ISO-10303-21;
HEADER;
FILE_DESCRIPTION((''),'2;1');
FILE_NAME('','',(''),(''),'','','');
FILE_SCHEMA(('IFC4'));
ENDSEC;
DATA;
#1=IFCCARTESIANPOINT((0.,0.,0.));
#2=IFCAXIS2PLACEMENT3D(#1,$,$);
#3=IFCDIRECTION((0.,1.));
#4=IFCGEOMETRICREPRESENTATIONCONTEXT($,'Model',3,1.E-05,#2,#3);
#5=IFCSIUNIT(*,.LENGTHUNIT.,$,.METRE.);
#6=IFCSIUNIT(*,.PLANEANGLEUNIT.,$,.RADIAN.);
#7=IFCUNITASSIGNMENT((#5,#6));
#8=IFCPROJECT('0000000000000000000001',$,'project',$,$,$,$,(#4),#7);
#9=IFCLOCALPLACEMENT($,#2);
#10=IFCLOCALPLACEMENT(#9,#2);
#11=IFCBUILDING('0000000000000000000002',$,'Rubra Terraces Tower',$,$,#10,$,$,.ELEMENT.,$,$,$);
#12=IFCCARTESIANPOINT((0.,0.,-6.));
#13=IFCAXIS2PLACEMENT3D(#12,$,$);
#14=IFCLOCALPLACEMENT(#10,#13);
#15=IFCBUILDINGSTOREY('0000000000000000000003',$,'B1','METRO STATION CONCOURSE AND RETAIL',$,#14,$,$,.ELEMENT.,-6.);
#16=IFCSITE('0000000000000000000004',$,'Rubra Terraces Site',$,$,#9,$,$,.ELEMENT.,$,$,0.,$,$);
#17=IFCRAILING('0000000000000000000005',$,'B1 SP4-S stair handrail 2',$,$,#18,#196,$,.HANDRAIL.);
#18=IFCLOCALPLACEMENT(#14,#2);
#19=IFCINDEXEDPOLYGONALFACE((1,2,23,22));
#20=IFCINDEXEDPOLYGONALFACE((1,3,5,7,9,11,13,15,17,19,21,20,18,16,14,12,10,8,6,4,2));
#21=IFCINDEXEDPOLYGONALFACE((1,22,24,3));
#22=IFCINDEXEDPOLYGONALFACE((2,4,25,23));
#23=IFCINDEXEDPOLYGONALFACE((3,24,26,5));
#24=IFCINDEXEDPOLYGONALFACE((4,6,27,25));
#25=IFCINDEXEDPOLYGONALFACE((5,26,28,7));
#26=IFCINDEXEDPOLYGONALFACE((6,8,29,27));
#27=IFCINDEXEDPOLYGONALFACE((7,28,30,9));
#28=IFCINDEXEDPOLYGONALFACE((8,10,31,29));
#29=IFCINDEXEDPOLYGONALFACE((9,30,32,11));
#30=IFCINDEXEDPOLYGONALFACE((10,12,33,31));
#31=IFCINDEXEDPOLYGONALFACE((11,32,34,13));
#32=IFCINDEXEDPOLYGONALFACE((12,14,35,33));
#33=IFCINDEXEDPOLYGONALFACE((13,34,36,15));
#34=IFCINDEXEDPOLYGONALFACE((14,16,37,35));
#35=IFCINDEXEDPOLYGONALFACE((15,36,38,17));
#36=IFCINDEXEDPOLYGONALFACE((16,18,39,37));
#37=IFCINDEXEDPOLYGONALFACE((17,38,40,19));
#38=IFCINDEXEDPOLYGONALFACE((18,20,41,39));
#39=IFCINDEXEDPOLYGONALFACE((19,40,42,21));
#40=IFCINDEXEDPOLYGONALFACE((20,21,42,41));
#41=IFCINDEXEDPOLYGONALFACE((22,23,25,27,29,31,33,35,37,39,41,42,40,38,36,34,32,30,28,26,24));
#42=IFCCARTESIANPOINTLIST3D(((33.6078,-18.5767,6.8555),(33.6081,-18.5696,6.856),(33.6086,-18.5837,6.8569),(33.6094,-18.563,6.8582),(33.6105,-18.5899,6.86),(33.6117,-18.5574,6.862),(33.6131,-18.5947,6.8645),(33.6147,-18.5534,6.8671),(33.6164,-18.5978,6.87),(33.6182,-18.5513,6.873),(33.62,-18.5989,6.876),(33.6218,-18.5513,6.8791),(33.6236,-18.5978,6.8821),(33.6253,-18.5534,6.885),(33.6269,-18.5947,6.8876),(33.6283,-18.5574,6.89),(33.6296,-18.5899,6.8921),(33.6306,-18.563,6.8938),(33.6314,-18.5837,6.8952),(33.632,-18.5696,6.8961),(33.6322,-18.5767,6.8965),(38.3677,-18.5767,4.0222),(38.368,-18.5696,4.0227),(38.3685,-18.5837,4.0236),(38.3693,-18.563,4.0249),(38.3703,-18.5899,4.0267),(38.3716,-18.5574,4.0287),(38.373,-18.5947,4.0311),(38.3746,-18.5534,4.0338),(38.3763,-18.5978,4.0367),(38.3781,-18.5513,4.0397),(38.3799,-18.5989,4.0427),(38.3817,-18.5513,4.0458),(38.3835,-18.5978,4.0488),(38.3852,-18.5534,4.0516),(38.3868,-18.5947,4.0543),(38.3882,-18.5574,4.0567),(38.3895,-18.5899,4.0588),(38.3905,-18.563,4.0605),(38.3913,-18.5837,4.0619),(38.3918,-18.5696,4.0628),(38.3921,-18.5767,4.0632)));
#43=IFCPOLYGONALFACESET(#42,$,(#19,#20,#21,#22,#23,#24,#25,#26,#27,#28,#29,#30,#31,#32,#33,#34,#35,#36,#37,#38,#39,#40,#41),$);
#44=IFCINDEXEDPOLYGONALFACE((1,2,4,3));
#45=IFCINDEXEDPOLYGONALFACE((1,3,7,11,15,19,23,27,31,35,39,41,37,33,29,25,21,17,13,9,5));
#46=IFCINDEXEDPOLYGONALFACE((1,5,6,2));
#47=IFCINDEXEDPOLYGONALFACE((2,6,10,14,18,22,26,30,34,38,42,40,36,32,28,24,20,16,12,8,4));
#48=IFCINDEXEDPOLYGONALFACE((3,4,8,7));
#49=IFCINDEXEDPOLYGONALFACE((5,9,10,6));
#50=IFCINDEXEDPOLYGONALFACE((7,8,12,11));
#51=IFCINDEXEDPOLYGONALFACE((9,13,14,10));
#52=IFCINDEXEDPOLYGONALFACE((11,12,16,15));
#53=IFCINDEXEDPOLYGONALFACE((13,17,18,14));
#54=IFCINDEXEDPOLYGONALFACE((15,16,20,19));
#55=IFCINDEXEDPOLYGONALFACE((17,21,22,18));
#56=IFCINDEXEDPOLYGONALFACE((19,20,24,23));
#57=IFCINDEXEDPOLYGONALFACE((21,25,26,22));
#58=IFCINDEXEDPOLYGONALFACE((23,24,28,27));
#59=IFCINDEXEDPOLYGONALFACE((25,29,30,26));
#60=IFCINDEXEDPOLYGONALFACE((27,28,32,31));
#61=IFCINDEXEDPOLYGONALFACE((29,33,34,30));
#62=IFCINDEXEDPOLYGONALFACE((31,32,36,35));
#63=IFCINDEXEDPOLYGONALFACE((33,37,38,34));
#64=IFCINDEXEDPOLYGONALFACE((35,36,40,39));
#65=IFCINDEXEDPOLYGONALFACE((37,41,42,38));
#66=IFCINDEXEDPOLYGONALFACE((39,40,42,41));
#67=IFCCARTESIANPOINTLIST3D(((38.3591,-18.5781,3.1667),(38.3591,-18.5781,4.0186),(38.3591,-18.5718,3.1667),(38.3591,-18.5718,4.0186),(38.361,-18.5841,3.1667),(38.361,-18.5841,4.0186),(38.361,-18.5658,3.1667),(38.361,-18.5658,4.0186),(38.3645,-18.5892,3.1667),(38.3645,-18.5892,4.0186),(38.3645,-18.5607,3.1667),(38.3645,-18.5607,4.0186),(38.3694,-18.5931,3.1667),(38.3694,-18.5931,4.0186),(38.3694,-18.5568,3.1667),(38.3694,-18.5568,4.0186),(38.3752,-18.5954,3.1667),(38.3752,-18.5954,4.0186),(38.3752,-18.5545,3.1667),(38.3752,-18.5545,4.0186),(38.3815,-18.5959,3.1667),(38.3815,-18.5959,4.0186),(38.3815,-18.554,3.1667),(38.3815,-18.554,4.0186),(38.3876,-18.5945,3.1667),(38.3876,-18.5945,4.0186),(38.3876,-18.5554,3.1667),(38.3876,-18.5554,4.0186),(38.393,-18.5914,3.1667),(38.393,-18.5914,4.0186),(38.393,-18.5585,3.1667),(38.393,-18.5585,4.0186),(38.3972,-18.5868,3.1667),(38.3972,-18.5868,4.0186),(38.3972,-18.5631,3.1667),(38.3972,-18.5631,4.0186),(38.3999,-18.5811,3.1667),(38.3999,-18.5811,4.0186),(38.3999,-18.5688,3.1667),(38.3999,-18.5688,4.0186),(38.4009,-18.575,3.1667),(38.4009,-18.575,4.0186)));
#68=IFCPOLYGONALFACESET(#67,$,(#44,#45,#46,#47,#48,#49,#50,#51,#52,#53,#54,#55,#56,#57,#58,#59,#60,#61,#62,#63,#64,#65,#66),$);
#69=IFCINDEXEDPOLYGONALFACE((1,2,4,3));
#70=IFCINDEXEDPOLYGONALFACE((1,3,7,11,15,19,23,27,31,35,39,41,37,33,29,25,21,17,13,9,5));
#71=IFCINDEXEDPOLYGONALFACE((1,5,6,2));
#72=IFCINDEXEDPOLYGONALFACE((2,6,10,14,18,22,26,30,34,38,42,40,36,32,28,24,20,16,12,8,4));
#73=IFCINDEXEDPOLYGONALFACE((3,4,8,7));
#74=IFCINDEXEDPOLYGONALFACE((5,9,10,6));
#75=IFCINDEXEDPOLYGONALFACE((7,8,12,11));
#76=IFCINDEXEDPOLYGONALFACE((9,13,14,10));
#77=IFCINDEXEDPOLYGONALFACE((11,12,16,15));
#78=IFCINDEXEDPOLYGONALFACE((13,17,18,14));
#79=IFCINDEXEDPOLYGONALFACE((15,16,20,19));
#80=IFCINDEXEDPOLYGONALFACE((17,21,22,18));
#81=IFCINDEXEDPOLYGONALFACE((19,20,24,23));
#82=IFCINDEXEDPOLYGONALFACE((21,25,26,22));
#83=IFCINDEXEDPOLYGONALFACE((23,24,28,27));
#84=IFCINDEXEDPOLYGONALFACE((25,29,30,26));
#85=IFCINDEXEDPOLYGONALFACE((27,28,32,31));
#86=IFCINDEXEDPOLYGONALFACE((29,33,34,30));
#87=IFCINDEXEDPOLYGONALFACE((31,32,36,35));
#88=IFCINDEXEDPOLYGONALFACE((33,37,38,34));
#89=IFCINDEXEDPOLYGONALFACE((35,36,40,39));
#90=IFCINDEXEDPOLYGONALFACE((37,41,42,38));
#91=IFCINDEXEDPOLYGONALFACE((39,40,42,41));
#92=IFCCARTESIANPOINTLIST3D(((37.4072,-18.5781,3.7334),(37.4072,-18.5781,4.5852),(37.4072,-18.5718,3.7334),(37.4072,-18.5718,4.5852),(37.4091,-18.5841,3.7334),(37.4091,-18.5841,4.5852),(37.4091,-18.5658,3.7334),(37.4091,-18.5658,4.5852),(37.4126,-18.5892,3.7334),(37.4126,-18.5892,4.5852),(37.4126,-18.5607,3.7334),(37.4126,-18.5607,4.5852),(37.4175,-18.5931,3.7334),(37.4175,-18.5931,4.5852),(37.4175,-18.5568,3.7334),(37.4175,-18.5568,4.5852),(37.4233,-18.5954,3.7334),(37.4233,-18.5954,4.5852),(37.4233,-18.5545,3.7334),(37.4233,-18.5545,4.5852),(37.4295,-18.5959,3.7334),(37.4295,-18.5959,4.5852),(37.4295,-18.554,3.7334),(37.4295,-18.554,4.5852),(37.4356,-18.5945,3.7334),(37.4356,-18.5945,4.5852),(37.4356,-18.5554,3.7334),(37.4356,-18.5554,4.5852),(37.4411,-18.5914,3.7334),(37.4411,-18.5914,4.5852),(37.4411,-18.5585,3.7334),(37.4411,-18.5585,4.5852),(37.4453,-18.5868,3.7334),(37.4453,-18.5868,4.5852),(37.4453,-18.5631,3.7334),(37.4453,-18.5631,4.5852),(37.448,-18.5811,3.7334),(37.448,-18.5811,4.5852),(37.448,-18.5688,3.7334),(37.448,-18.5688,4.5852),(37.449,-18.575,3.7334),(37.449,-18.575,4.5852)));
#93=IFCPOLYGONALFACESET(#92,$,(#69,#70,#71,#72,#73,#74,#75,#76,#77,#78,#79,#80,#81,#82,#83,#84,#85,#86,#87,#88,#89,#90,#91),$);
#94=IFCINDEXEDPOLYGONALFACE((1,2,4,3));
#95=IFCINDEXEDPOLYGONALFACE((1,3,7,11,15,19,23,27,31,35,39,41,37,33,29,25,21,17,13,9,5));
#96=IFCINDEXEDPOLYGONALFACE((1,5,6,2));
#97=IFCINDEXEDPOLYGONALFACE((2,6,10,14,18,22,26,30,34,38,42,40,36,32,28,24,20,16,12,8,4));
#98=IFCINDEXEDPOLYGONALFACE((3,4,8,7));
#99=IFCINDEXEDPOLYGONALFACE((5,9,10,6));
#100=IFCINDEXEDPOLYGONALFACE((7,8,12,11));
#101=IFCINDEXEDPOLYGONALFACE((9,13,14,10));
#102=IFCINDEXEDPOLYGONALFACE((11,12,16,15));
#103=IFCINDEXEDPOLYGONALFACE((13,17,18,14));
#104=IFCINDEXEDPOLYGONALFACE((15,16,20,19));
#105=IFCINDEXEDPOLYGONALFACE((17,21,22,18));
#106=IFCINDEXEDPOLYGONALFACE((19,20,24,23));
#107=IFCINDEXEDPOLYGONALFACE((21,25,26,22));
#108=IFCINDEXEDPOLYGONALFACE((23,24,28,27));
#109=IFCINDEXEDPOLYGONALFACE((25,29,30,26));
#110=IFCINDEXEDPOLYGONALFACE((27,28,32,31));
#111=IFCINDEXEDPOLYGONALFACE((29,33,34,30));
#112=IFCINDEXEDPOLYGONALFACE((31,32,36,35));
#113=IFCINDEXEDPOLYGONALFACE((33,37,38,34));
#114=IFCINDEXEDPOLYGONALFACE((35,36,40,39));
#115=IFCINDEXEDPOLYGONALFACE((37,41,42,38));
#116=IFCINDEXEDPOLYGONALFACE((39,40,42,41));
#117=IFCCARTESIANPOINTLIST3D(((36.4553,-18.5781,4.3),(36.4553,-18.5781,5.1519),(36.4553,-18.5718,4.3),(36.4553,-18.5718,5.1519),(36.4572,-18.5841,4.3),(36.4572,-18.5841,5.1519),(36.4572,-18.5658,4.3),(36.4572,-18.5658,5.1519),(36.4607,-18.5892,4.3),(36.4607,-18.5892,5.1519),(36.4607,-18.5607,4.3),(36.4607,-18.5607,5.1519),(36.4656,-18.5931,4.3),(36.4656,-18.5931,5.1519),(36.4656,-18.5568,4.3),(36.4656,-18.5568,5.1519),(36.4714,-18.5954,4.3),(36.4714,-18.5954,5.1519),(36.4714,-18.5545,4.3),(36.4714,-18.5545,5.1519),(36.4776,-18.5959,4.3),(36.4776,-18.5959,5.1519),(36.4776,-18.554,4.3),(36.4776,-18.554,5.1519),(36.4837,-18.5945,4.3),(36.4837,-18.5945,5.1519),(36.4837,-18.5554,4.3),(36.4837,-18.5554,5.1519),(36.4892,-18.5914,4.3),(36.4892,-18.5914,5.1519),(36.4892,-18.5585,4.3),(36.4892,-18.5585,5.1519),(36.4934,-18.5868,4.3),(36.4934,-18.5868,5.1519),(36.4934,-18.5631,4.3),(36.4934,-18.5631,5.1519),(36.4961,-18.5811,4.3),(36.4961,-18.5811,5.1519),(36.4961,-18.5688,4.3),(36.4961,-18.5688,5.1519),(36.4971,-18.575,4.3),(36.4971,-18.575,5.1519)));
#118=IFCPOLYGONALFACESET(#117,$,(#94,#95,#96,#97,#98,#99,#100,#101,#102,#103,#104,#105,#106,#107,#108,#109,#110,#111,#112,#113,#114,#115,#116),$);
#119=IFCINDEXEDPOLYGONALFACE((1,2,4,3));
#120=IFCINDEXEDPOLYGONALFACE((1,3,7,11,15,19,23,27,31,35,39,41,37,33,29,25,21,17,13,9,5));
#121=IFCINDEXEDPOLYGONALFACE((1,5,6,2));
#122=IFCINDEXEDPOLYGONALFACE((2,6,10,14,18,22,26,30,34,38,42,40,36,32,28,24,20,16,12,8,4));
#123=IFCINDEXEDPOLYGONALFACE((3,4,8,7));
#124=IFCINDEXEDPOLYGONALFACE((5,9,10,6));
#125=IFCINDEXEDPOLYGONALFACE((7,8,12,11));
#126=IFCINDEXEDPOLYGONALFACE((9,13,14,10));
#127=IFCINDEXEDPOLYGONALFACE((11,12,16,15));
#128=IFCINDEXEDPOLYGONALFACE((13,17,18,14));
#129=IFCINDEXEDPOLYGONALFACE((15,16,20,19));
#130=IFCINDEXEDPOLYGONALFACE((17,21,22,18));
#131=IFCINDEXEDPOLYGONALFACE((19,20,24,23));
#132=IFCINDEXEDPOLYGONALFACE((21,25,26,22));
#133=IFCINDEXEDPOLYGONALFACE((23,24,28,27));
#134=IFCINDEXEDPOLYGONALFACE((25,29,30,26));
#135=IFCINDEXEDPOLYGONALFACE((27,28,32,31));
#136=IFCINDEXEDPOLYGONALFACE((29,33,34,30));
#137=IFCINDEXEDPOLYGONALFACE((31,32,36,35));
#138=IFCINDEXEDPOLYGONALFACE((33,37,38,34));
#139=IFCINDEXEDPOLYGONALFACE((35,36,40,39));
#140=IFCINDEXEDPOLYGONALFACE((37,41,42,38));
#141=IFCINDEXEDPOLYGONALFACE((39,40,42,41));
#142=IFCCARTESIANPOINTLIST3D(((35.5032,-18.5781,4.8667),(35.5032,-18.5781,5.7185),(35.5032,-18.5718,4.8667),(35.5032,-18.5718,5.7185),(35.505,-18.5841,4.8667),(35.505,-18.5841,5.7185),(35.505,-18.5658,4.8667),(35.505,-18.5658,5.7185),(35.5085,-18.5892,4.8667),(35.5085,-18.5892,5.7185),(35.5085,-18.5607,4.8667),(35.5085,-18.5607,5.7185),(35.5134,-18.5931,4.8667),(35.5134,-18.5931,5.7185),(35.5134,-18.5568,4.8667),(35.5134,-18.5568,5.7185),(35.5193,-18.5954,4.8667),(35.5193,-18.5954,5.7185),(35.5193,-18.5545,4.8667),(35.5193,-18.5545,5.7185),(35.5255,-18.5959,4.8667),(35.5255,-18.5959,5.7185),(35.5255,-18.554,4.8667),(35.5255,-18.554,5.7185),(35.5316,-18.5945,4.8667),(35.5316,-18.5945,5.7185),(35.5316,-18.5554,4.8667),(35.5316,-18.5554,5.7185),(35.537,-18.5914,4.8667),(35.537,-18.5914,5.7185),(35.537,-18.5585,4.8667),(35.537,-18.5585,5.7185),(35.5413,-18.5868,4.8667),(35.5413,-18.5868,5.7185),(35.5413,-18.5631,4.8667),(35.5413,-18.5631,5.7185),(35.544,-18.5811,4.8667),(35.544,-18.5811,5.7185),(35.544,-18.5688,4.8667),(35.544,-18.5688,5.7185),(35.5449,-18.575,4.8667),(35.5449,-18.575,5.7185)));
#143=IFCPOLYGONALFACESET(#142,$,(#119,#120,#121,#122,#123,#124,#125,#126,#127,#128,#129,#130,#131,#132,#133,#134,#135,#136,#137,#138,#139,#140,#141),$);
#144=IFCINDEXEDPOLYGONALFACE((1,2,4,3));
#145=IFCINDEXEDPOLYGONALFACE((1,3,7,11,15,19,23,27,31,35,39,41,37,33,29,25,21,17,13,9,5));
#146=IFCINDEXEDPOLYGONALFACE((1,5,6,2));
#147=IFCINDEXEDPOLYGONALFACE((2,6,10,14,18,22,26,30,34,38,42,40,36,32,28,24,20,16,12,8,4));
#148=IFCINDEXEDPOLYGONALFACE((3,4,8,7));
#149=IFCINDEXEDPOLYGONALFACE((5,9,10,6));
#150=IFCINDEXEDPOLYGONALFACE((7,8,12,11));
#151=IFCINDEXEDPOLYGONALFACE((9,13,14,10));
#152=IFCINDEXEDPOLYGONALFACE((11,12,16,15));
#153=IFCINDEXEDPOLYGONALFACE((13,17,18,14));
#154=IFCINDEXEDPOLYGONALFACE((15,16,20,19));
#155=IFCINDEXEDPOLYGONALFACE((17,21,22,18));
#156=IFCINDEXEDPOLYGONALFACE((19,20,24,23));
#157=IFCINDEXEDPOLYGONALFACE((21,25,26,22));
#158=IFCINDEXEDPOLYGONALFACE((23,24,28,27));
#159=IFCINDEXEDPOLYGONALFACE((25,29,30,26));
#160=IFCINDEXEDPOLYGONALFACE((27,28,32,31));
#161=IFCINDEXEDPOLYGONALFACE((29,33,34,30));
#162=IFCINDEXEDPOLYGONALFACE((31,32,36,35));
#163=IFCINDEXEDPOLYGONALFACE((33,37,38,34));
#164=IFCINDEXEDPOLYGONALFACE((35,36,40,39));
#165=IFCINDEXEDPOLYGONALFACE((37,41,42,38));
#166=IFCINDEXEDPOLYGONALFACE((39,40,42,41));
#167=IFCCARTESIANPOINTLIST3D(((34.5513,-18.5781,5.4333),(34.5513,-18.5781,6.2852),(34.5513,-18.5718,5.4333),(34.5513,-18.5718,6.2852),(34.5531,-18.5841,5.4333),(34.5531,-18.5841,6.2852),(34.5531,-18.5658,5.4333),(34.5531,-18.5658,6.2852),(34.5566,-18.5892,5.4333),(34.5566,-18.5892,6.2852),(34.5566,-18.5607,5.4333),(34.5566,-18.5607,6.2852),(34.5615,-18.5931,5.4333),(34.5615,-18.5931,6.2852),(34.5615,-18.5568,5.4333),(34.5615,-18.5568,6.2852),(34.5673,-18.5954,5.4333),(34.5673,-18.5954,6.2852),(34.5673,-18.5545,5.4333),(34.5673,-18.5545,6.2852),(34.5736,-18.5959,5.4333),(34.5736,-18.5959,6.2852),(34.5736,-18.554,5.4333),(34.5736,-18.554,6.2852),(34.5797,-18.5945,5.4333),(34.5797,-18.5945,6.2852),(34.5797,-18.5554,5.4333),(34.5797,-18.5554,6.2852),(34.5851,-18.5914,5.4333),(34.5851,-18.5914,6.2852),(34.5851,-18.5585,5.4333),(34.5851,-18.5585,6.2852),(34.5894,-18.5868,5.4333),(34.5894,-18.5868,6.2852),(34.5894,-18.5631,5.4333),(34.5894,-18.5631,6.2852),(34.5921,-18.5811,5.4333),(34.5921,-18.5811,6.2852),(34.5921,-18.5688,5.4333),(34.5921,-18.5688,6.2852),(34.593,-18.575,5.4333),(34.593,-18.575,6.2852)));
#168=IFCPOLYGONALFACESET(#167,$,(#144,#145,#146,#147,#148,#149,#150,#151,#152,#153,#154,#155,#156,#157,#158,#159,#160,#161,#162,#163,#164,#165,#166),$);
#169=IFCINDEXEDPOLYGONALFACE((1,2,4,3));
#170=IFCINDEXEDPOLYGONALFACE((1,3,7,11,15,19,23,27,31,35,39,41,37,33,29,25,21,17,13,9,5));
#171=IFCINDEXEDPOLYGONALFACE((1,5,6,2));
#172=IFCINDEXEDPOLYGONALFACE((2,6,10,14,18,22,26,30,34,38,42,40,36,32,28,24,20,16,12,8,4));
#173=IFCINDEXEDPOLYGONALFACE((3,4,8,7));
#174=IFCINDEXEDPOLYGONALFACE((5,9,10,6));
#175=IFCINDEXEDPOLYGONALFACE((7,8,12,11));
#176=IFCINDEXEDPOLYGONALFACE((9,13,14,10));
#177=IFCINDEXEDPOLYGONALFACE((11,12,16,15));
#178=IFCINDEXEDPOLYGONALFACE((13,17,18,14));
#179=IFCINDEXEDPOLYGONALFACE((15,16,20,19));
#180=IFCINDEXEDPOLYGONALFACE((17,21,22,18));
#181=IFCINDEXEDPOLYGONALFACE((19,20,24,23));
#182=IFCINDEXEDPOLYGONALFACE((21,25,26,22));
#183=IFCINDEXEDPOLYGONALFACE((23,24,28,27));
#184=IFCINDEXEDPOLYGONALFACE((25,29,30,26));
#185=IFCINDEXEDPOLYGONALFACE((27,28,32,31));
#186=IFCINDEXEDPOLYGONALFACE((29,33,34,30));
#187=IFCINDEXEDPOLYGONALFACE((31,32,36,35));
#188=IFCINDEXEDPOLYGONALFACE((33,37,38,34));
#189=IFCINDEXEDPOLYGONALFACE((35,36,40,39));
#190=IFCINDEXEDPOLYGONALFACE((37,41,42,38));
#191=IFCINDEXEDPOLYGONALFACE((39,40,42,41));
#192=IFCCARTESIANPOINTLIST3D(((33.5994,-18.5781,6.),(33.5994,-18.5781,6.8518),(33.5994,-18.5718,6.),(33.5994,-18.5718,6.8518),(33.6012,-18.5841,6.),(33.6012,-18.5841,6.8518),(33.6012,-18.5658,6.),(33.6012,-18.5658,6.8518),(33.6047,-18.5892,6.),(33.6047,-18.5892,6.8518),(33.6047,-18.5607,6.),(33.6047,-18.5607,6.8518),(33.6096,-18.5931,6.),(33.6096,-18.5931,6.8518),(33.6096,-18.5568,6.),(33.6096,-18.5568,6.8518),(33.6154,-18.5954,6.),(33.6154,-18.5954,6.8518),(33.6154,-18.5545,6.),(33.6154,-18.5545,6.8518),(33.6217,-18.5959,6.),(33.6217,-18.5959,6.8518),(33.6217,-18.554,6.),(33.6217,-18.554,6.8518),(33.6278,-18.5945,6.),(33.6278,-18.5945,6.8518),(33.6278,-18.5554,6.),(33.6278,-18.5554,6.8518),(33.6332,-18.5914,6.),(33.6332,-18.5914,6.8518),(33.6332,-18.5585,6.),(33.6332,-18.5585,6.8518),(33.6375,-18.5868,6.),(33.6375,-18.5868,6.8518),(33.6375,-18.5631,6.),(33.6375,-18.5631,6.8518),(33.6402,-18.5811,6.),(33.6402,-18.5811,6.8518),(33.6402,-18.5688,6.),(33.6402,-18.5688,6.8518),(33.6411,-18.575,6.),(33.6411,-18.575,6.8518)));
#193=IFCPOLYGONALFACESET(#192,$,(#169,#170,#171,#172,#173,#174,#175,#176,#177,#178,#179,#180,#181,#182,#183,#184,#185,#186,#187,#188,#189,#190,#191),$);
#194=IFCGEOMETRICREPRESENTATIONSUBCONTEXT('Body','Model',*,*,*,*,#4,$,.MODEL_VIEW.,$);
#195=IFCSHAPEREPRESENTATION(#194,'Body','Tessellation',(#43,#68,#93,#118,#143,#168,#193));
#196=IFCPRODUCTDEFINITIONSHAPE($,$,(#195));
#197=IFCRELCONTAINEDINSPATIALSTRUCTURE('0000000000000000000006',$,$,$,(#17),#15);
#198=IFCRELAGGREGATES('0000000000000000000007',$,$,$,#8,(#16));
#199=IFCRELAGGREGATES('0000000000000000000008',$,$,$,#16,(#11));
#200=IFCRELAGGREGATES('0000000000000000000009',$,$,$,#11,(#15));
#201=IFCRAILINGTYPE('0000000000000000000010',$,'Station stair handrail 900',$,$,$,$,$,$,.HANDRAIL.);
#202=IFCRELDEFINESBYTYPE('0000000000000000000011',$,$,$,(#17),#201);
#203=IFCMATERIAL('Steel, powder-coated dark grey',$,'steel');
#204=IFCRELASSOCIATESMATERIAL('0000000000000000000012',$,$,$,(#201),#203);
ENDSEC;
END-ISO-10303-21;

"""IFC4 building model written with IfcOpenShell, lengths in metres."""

from ifc_helpers import new_model, si_unit, direction, frame, origin, origin_2d, place, context, subcontext, project, spatial, circle, extrude, material, type_object, element, save


model = new_model("IFC4")

# Units and contexts
model_context = context("Model", 3, precision=1e-05, world=origin(), true_north=direction((0.0, 1.0)))
body_context = subcontext(model_context, "Body", "Model", "MODEL_VIEW")
ifc_project = project(units=[si_unit("LENGTHUNIT", "METRE"), si_unit("PLANEANGLEUNIT", "RADIAN")], contexts=[model_context])

# Site, building, storey
site_placement = place(None, origin())
site = spatial("IfcSite", under=ifc_project, at=site_placement, Name="Rubra Terraces Site", CompositionType="ELEMENT", RefElevation=0.0)
building_placement = place(site_placement, origin())
building = spatial("IfcBuilding", under=site, at=building_placement, Name="Rubra Terraces Tower", CompositionType="ELEMENT")
storey_placement = place(building_placement, frame((0.0, 0.0, -6.0)))
storey = spatial("IfcBuildingStorey", under=building, at=storey_placement, Name="B1", Description="METRO STATION CONCOURSE AND RETAIL", CompositionType="ELEMENT", Elevation=-6.0)

# Railing
ifc_material_1 = material(Name="Steel, powder-coated dark grey", Category="steel")
railing_type_1 = type_object("IfcRailingType", Name="Station stair handrail 900", PredefinedType="HANDRAIL", material=ifc_material_1)
railing_1_placement = place(storey_placement, frame((38.3799, -18.575, 3.1667)))
element("IfcRailing", 1, at=railing_1_placement, inside=storey, type_object=railing_type_1, Name="B1 SP4-S stair handrail 2", PredefinedType="HANDRAIL", context=body_context, shape_type="SweptSolid", body=[
    extrude(circle(Radius=0.0239, at=origin_2d()), frame((0.0, 0.0, 0.876), z_axis=(-0.859288, 0.0, 0.511492), x_axis=(0.0, -1.0, 0.0)), (0.0, 0.0, 1.0), 5.5393),
    extrude(circle(Radius=0.021, at=origin_2d()), origin(), (0.0, 0.0, 1.0), 0.8518),
    extrude(circle(Radius=0.021, at=origin_2d()), frame((-0.9519, 0.0, 0.5667)), (0.0, 0.0, 1.0), 0.8518),
    extrude(circle(Radius=0.021, at=origin_2d()), frame((-1.9038, 0.0, 1.1333)), (0.0, 0.0, 1.0), 0.8518),
    extrude(circle(Radius=0.021, at=origin_2d()), frame((-2.856, 0.0, 1.7)), (0.0, 0.0, 1.0), 0.8518),
    extrude(circle(Radius=0.021, at=origin_2d()), frame((-3.8079, 0.0, 2.2666)), (0.0, 0.0, 1.0), 0.8518),
    extrude(circle(Radius=0.021, at=origin_2d()), frame((-4.7598, 0.0, 2.8333)), (0.0, 0.0, 1.0), 0.8518),
])

save(model, "model.ifc")
